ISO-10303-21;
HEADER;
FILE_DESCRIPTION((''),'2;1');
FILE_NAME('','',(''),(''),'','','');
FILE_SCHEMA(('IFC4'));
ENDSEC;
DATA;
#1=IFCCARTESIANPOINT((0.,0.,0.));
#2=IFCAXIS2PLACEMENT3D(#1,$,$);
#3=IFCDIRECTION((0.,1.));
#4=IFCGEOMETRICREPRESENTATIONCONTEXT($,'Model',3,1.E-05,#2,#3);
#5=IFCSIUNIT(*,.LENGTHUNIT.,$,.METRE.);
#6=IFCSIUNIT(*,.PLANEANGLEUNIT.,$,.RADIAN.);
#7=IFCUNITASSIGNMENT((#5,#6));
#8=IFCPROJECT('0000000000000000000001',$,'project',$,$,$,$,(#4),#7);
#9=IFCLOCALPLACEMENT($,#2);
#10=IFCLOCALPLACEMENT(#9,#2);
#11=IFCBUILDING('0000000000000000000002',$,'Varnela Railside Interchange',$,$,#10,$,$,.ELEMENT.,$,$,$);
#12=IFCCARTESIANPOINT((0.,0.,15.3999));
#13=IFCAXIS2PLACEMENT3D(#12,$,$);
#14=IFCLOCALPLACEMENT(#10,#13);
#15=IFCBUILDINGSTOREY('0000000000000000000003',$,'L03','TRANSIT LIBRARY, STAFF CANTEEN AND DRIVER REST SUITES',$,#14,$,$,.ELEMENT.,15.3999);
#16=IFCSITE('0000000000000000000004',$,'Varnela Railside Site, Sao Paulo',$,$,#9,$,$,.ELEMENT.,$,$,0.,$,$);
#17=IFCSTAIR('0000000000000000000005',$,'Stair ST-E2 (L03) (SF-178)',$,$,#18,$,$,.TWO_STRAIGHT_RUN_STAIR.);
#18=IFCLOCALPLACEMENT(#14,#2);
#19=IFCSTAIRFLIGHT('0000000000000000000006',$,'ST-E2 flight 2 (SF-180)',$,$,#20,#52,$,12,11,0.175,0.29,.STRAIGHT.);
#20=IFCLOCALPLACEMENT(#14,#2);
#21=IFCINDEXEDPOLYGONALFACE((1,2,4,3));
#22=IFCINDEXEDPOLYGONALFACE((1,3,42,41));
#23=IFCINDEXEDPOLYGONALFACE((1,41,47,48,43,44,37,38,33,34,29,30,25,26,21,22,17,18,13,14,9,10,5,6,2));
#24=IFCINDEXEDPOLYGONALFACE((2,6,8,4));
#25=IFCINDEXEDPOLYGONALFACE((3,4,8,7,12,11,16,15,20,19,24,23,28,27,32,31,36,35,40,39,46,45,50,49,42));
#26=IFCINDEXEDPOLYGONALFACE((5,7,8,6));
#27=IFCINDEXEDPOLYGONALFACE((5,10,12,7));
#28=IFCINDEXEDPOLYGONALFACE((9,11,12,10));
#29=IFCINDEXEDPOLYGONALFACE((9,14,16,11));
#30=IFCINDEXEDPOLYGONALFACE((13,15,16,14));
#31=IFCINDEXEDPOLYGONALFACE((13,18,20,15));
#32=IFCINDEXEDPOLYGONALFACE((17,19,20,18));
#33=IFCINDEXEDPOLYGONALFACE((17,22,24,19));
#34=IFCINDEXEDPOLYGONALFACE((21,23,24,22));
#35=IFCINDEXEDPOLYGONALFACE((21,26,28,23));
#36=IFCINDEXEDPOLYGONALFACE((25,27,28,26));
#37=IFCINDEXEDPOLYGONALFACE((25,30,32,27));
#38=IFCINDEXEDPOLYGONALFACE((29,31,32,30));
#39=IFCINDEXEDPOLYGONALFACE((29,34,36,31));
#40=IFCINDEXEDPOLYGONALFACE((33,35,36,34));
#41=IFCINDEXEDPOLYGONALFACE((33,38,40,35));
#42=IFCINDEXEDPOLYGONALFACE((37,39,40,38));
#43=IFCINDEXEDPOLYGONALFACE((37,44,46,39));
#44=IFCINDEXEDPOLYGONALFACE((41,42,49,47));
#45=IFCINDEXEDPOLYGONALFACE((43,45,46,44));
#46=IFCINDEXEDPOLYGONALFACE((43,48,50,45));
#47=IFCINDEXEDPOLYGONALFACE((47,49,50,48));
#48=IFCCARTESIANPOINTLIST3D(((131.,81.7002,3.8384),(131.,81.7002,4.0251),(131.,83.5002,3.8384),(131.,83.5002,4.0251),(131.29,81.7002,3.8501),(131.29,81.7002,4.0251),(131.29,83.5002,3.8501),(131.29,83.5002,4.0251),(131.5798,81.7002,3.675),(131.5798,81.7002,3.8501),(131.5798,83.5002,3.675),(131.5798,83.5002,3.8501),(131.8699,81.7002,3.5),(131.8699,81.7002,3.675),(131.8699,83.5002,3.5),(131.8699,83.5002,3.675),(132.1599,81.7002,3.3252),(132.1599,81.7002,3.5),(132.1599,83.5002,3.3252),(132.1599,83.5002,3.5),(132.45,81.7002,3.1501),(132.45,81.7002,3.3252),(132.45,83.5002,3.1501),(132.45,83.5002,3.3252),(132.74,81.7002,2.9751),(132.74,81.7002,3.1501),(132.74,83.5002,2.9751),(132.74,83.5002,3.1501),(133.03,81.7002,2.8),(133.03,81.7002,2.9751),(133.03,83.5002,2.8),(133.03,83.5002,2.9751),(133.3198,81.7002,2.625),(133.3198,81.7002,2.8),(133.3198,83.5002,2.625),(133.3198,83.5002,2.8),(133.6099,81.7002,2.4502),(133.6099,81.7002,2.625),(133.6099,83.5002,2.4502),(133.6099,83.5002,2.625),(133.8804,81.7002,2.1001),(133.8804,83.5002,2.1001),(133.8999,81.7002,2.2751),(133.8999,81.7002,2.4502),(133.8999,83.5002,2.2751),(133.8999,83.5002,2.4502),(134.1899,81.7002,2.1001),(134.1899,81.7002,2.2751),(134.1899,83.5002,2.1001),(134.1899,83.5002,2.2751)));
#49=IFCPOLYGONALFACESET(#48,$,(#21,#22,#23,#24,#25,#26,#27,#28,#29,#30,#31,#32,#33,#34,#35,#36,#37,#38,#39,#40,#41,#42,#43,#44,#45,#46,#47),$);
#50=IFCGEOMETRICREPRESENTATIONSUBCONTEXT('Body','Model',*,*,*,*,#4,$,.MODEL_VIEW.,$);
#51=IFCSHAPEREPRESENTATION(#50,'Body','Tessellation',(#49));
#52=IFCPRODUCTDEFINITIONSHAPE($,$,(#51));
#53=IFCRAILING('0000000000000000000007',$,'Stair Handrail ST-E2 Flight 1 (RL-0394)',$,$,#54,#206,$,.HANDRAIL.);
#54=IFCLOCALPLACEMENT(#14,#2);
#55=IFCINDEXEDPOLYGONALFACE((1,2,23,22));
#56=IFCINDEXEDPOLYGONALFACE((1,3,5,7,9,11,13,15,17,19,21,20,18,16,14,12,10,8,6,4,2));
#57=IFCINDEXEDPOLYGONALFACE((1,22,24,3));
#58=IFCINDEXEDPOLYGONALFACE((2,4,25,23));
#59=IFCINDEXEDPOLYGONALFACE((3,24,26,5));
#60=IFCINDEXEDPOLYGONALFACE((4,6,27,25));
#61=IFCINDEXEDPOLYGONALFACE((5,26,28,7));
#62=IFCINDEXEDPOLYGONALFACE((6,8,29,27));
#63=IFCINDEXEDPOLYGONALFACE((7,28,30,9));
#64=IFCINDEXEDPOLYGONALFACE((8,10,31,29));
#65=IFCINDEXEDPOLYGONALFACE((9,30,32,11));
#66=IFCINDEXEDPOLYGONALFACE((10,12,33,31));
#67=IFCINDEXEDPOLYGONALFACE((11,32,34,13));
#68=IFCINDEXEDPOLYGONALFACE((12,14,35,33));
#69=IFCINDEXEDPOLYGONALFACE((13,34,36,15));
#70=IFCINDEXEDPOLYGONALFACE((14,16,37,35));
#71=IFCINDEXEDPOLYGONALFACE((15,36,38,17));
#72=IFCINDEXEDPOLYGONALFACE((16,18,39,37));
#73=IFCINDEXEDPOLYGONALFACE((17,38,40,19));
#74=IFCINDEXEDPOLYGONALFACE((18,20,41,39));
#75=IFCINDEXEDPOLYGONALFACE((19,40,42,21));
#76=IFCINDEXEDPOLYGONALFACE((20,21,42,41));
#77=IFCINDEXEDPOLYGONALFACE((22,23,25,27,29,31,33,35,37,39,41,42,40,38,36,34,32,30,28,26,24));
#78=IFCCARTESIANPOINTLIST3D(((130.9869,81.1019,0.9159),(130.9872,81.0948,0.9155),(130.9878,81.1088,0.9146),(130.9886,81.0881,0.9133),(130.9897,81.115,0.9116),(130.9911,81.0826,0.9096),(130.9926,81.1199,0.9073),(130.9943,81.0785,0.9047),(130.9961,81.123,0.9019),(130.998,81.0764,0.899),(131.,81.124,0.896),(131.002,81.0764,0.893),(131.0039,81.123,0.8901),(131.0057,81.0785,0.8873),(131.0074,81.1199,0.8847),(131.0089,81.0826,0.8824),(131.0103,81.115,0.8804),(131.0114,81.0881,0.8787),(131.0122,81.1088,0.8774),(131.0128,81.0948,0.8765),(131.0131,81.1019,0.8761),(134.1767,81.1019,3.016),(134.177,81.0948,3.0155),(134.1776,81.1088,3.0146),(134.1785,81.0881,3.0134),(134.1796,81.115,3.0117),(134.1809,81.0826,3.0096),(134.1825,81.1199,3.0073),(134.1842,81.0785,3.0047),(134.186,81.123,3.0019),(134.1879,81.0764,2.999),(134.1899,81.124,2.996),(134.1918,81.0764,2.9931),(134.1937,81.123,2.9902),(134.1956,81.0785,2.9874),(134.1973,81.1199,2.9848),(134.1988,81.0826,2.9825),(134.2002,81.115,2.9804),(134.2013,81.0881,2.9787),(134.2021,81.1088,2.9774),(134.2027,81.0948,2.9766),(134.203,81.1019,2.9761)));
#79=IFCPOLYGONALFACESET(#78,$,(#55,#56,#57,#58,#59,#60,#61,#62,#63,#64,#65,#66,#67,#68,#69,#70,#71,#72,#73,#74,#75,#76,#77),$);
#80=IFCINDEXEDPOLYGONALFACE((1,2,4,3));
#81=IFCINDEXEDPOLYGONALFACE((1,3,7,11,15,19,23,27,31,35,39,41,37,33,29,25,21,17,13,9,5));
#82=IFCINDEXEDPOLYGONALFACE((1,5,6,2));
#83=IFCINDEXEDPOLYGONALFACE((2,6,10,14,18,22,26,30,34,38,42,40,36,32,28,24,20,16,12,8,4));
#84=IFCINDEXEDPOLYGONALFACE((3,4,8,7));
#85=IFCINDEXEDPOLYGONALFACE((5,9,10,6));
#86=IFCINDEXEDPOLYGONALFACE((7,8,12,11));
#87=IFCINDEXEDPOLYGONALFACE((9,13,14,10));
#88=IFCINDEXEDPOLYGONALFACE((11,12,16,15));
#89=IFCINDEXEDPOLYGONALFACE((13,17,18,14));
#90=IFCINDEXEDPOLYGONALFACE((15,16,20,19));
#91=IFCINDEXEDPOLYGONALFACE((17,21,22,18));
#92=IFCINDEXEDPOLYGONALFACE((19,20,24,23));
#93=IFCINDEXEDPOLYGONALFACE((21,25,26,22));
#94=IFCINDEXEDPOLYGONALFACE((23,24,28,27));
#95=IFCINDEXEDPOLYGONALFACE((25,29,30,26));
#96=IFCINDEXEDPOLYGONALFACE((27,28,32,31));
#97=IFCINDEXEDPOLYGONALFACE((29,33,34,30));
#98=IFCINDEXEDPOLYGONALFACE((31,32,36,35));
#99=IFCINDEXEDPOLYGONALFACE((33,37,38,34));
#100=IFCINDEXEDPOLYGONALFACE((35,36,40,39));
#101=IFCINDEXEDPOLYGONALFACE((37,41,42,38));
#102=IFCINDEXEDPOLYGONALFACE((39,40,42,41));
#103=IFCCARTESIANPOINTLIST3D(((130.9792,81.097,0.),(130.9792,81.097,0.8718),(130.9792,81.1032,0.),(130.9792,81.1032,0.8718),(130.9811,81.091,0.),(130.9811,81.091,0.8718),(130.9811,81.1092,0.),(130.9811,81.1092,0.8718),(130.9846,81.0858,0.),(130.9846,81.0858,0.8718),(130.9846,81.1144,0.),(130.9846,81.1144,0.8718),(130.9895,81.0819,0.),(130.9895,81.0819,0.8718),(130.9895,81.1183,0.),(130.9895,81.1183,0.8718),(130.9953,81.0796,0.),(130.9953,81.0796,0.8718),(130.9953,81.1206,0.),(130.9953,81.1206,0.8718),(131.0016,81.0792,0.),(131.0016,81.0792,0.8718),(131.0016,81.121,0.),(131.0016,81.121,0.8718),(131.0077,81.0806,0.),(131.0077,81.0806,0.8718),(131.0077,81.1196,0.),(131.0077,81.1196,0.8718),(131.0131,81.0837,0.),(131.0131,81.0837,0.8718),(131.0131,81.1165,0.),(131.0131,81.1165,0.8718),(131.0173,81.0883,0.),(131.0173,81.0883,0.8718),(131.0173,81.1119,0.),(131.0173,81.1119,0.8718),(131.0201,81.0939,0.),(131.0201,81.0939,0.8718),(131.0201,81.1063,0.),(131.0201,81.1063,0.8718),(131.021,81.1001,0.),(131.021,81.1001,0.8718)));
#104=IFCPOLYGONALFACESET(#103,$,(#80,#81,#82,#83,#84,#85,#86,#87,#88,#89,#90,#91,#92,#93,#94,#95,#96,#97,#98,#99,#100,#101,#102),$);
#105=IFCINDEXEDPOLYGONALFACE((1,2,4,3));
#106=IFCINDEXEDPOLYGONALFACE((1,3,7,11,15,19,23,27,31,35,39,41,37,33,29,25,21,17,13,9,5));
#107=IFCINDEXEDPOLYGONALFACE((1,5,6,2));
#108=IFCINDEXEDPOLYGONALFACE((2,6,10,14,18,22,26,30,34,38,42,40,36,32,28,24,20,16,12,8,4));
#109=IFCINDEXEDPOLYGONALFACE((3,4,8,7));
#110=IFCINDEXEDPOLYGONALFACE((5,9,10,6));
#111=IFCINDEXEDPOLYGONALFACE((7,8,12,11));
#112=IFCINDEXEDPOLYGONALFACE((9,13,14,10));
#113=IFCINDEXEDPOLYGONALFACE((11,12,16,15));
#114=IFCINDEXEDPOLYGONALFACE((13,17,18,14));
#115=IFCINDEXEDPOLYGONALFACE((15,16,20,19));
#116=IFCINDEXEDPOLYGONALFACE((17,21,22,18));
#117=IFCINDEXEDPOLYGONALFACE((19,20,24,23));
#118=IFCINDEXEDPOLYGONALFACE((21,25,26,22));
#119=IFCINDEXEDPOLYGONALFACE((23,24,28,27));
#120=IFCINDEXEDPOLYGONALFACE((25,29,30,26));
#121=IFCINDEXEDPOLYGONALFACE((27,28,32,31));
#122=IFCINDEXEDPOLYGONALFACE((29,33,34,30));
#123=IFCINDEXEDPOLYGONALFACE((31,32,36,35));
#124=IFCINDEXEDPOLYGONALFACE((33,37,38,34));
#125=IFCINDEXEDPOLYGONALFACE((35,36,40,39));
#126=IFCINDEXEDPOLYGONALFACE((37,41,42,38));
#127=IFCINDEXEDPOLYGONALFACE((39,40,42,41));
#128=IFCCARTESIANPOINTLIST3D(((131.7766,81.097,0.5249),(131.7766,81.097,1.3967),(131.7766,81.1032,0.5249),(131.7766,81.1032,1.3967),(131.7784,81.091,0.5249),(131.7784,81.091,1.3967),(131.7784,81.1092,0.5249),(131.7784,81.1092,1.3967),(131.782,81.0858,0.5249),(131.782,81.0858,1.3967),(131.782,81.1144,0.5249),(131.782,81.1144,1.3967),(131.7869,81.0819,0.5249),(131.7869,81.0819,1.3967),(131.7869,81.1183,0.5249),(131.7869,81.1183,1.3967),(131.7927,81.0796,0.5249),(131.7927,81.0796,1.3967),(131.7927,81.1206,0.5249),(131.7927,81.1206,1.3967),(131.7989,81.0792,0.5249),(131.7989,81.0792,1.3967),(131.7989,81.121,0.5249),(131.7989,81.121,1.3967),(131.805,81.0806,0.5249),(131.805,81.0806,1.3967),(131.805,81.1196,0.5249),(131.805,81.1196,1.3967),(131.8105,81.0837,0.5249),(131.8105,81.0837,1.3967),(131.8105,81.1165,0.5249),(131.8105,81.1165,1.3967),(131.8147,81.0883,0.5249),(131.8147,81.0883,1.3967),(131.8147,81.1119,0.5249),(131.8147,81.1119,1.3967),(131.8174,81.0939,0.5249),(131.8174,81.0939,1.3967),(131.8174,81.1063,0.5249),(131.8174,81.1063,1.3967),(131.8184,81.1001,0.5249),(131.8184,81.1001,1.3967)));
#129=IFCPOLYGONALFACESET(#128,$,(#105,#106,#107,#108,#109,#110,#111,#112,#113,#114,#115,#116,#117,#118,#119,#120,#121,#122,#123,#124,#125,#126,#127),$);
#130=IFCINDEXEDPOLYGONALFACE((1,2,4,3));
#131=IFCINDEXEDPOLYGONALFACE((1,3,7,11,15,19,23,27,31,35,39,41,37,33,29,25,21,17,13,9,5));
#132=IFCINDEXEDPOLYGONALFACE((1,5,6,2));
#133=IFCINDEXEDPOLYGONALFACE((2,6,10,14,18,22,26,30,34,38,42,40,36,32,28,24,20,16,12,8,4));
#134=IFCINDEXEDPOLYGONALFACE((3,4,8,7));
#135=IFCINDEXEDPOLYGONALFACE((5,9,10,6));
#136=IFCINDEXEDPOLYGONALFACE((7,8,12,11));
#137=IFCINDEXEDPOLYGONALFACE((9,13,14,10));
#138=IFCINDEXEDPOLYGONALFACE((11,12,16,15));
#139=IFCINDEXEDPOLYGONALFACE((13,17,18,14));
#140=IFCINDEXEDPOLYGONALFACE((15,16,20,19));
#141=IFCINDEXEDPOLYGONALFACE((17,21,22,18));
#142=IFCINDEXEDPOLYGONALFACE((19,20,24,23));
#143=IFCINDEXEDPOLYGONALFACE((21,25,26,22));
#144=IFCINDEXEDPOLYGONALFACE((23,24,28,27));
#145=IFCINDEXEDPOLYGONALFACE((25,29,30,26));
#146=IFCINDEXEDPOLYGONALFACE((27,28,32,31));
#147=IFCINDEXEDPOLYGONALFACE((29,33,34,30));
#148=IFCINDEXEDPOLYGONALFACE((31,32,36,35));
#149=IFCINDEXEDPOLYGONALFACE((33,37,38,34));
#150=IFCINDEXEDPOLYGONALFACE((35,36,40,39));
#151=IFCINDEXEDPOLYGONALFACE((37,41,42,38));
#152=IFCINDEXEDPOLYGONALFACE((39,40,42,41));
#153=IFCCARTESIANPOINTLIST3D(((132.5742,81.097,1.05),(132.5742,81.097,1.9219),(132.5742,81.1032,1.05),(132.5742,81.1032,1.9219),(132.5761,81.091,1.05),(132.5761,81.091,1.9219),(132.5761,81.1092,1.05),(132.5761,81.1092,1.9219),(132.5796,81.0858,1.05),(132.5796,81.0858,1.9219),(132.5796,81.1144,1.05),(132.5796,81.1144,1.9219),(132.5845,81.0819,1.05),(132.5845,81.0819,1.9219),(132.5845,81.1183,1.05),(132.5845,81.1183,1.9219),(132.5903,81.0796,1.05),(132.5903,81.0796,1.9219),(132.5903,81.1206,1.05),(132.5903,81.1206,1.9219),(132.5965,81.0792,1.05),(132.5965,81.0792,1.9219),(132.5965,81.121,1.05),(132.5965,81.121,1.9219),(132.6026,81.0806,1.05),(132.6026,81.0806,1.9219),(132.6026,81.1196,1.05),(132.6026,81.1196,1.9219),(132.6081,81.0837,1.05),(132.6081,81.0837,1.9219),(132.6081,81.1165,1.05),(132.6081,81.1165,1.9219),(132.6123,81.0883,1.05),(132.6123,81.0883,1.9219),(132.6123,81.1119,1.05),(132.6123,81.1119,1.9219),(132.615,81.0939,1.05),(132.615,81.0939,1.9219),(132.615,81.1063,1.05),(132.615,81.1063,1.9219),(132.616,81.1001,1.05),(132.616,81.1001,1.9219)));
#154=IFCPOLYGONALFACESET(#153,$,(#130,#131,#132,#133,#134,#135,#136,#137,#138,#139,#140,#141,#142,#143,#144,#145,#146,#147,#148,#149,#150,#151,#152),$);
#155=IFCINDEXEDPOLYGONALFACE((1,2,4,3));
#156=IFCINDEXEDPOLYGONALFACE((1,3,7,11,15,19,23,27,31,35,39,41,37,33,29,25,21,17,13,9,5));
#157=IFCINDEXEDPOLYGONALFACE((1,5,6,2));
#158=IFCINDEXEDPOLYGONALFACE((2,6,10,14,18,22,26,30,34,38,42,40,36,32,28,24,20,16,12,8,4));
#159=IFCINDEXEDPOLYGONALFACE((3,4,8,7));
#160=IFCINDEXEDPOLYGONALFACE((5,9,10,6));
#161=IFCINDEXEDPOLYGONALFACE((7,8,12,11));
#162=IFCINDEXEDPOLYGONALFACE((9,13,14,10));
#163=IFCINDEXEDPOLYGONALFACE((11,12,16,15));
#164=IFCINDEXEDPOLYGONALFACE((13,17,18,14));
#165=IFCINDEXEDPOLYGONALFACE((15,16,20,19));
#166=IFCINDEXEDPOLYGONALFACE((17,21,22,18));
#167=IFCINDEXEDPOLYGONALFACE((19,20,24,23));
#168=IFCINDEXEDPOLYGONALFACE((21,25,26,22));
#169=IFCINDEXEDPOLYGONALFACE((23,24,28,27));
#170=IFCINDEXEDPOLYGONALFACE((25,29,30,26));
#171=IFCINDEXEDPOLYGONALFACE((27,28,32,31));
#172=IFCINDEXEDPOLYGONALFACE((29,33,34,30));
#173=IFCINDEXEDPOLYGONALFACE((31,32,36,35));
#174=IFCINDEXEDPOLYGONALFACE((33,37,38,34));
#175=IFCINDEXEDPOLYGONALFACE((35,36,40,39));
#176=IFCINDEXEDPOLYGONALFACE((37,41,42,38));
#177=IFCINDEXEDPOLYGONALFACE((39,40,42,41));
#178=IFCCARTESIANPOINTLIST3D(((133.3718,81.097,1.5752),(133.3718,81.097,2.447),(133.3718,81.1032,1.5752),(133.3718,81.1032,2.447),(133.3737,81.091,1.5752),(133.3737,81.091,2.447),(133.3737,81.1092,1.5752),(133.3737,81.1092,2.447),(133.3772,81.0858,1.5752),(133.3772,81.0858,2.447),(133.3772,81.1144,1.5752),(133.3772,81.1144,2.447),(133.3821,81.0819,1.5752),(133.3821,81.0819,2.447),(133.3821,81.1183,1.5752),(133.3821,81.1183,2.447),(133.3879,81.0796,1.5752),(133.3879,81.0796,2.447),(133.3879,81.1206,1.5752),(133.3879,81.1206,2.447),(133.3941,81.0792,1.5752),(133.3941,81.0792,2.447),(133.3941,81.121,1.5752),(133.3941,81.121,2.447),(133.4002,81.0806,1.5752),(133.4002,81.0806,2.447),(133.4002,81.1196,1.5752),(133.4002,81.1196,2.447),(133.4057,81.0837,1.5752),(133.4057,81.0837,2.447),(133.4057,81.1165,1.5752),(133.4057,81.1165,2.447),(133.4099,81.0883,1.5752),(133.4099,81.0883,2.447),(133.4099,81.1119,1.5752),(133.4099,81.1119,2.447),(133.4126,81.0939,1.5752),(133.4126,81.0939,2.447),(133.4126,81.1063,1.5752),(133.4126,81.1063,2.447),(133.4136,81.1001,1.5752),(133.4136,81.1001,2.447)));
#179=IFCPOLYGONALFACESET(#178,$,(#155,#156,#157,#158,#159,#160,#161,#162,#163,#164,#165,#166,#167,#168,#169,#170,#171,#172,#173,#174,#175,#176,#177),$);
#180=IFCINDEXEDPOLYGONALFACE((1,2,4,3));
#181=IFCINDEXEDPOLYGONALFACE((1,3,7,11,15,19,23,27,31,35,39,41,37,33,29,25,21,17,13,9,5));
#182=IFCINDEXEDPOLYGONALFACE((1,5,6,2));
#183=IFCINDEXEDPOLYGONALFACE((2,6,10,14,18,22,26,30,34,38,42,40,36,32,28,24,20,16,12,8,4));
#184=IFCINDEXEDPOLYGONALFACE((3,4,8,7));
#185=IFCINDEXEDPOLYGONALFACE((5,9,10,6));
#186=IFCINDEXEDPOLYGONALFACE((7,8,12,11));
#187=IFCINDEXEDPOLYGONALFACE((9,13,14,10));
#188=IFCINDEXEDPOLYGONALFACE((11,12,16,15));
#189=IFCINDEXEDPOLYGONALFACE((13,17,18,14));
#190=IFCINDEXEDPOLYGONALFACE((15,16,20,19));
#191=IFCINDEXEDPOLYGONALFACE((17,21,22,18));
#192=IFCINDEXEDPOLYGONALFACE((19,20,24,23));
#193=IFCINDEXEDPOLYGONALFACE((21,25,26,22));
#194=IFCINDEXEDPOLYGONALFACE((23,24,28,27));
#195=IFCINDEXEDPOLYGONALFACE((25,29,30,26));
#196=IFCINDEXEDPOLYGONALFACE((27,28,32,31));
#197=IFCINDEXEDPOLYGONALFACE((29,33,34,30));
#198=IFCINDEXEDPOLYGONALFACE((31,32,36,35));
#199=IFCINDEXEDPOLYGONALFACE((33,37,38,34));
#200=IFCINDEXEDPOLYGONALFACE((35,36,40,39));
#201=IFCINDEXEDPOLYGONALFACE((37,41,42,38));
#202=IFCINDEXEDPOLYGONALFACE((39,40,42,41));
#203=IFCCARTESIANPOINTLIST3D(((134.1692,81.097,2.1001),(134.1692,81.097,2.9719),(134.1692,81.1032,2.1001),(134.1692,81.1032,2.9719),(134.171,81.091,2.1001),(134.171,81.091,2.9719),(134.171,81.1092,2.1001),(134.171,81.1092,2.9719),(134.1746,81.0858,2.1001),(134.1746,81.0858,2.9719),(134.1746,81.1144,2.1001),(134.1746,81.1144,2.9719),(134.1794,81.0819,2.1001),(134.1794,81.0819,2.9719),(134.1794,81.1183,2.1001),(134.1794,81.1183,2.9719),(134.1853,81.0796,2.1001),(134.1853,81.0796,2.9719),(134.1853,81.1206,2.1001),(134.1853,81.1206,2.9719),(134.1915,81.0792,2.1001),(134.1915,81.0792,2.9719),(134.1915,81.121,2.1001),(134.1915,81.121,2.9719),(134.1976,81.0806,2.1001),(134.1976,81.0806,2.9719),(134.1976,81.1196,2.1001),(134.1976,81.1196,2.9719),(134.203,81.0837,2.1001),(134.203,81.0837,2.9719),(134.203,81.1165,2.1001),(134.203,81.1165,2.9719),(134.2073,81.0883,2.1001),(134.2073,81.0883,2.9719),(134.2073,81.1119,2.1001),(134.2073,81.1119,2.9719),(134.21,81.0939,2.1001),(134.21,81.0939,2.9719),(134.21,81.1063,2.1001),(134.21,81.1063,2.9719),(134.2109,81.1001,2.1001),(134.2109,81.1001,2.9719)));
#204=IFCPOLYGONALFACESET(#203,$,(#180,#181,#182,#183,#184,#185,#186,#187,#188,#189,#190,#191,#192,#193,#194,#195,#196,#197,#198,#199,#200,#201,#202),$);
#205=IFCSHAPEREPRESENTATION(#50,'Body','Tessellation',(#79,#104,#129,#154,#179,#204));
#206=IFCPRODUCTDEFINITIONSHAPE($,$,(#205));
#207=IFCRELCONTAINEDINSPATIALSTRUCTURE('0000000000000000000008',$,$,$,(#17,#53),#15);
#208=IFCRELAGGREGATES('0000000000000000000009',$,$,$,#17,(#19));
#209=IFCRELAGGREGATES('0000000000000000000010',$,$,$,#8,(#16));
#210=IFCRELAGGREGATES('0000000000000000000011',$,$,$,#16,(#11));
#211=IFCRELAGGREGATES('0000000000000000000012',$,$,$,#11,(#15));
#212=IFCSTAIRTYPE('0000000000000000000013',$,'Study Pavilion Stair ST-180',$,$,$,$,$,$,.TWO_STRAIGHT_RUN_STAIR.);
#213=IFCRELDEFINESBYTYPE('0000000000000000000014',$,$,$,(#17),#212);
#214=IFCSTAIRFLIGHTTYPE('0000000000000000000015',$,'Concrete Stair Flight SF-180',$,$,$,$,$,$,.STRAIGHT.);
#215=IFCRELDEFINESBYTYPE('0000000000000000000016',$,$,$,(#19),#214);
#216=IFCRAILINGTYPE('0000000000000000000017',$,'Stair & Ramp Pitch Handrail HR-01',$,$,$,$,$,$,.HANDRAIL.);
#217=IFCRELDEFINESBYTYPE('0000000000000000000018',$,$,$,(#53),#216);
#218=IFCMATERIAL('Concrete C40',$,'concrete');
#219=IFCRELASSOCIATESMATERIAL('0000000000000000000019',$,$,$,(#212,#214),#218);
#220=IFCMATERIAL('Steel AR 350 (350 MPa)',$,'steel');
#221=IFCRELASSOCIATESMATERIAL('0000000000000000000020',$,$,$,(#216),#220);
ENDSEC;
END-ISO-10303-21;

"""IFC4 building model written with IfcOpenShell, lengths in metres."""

from ifc_helpers import new_model, si_unit, direction, frame, origin, origin_2d, place, context, subcontext, project, spatial, polyline, circle, outline, extrude, material, type_object, element, aggregate, save


model = new_model("IFC4")

# Units and contexts
model_context = context("Model", 3, precision=1e-05, world=origin(), true_north=direction((0.0, 1.0)))
body_context = subcontext(model_context, "Body", "Model", "MODEL_VIEW")
ifc_project = project(units=[si_unit("LENGTHUNIT", "METRE"), si_unit("PLANEANGLEUNIT", "RADIAN")], contexts=[model_context])

# Site, building, storey
site_placement = place(None, origin())
site = spatial("IfcSite", under=ifc_project, at=site_placement, Name="Varnela Railside Site, Sao Paulo", CompositionType="ELEMENT", RefElevation=0.0)
building_placement = place(site_placement, origin())
building = spatial("IfcBuilding", under=site, at=building_placement, Name="Varnela Railside Interchange", CompositionType="ELEMENT")
storey_placement = place(building_placement, frame((0.0, 0.0, 15.3999)))
storey = spatial("IfcBuildingStorey", under=building, at=storey_placement, Name="L03", Description="TRANSIT LIBRARY, STAFF CANTEEN AND DRIVER REST SUITES", CompositionType="ELEMENT", Elevation=15.3999)

# Shared definitions
ifc_material_1 = material(Name="Steel AR 350 (350 MPa)", Category="steel")

# Shared definitions
ifc_material_2 = material(Name="Concrete C40", Category="concrete")

# Stair, stair flight
stair_type = type_object("IfcStairType", Name="Study Pavilion Stair ST-180", PredefinedType="TWO_STRAIGHT_RUN_STAIR", material=ifc_material_2)
stair_placement = place(storey_placement, origin())
stair = element("IfcStair", 1, at=stair_placement, inside=storey, type_object=stair_type, Name="Stair ST-E2 (L03) (SF-178)", PredefinedType="TWO_STRAIGHT_RUN_STAIR")
stair_flight_type = type_object("IfcStairFlightType", Name="Concrete Stair Flight SF-180", PredefinedType="STRAIGHT", material=ifc_material_2)
stair_flight_1_placement = place(storey_placement, frame((134.1899, 82.6001, 2.1001), z_axis=(0.0, 0.0, 1.0), x_axis=(-1.0, 0.0, 0.0)))
stair_flight_1 = element("IfcStairFlight", 2, at=stair_flight_1_placement, type_object=stair_flight_type, Name="ST-E2 flight 2 (SF-180)", NumberOfRisers=12, NumberOfTreads=11, PredefinedType="STRAIGHT", RiserHeight=0.175, TreadLength=0.29, context=body_context, shape_type="SweptSolid", body=[
    extrude(outline(polyline([(0.0, 0.0), (0.0, 0.175), (0.29, 0.175), (0.29, 0.3501), (0.5801, 0.3501), (0.5801, 0.5249), (0.8701, 0.5249), (0.8701, 0.7), (1.1599, 0.7), (1.1599, 0.875), (1.45, 0.875), (1.45, 1.05), (1.74, 1.05), (1.74, 1.2251), (2.03, 1.2251), (2.03, 1.3999), (2.3201, 1.3999), (2.3201, 1.575), (2.6101, 1.575), (2.6101, 1.75), (2.8999, 1.75), (2.8999, 1.925), (3.1899, 1.925), (3.1899, 2.1001), (3.1899, 1.7383), (0.3096, 0.0), (0.0, 0.0)])), frame((0.0, 0.8999, 0.0), z_axis=(0.0, -1.0, 0.0), x_axis=(1.0, 0.0, 0.0)), (0.0, 0.0, 1.0), 1.8),
])
aggregate(stair, [stair_flight_1])

# Railing
railing_type_1 = type_object("IfcRailingType", Name="Stair & Ramp Pitch Handrail HR-01", PredefinedType="HANDRAIL", material=ifc_material_1)
railing_1_placement = place(storey_placement, frame((131.0, 81.1001, 0.0)))
element("IfcRailing", 3, at=railing_1_placement, inside=storey, type_object=railing_type_1, Name="Stair Handrail ST-E2 Flight 1 (RL-0394)", PredefinedType="HANDRAIL", context=body_context, shape_type="SweptSolid", body=[
    extrude(circle(Radius=0.0239, at=origin_2d()), frame((0.0, 0.0, 0.896), z_axis=(0.835242, 0.0, 0.549882), x_axis=(0.0, 1.0, 0.0)), (0.0, 0.0, 1.0), 3.8191),
    extrude(circle(Radius=0.021, at=origin_2d()), origin(), (0.0, 0.0, 1.0), 0.8718),
    extrude(circle(Radius=0.021, at=origin_2d()), frame((0.7974, 0.0, 0.5249)), (0.0, 0.0, 1.0), 0.8718),
    extrude(circle(Radius=0.021, at=origin_2d()), frame((1.595, 0.0, 1.05)), (0.0, 0.0, 1.0), 0.8718),
    extrude(circle(Radius=0.021, at=origin_2d()), frame((2.3926, 0.0, 1.5752)), (0.0, 0.0, 1.0), 0.8718),
    extrude(circle(Radius=0.021, at=origin_2d()), frame((3.1899, 0.0, 2.1001)), (0.0, 0.0, 1.0), 0.8718),
])

save(model, "model.ifc")
